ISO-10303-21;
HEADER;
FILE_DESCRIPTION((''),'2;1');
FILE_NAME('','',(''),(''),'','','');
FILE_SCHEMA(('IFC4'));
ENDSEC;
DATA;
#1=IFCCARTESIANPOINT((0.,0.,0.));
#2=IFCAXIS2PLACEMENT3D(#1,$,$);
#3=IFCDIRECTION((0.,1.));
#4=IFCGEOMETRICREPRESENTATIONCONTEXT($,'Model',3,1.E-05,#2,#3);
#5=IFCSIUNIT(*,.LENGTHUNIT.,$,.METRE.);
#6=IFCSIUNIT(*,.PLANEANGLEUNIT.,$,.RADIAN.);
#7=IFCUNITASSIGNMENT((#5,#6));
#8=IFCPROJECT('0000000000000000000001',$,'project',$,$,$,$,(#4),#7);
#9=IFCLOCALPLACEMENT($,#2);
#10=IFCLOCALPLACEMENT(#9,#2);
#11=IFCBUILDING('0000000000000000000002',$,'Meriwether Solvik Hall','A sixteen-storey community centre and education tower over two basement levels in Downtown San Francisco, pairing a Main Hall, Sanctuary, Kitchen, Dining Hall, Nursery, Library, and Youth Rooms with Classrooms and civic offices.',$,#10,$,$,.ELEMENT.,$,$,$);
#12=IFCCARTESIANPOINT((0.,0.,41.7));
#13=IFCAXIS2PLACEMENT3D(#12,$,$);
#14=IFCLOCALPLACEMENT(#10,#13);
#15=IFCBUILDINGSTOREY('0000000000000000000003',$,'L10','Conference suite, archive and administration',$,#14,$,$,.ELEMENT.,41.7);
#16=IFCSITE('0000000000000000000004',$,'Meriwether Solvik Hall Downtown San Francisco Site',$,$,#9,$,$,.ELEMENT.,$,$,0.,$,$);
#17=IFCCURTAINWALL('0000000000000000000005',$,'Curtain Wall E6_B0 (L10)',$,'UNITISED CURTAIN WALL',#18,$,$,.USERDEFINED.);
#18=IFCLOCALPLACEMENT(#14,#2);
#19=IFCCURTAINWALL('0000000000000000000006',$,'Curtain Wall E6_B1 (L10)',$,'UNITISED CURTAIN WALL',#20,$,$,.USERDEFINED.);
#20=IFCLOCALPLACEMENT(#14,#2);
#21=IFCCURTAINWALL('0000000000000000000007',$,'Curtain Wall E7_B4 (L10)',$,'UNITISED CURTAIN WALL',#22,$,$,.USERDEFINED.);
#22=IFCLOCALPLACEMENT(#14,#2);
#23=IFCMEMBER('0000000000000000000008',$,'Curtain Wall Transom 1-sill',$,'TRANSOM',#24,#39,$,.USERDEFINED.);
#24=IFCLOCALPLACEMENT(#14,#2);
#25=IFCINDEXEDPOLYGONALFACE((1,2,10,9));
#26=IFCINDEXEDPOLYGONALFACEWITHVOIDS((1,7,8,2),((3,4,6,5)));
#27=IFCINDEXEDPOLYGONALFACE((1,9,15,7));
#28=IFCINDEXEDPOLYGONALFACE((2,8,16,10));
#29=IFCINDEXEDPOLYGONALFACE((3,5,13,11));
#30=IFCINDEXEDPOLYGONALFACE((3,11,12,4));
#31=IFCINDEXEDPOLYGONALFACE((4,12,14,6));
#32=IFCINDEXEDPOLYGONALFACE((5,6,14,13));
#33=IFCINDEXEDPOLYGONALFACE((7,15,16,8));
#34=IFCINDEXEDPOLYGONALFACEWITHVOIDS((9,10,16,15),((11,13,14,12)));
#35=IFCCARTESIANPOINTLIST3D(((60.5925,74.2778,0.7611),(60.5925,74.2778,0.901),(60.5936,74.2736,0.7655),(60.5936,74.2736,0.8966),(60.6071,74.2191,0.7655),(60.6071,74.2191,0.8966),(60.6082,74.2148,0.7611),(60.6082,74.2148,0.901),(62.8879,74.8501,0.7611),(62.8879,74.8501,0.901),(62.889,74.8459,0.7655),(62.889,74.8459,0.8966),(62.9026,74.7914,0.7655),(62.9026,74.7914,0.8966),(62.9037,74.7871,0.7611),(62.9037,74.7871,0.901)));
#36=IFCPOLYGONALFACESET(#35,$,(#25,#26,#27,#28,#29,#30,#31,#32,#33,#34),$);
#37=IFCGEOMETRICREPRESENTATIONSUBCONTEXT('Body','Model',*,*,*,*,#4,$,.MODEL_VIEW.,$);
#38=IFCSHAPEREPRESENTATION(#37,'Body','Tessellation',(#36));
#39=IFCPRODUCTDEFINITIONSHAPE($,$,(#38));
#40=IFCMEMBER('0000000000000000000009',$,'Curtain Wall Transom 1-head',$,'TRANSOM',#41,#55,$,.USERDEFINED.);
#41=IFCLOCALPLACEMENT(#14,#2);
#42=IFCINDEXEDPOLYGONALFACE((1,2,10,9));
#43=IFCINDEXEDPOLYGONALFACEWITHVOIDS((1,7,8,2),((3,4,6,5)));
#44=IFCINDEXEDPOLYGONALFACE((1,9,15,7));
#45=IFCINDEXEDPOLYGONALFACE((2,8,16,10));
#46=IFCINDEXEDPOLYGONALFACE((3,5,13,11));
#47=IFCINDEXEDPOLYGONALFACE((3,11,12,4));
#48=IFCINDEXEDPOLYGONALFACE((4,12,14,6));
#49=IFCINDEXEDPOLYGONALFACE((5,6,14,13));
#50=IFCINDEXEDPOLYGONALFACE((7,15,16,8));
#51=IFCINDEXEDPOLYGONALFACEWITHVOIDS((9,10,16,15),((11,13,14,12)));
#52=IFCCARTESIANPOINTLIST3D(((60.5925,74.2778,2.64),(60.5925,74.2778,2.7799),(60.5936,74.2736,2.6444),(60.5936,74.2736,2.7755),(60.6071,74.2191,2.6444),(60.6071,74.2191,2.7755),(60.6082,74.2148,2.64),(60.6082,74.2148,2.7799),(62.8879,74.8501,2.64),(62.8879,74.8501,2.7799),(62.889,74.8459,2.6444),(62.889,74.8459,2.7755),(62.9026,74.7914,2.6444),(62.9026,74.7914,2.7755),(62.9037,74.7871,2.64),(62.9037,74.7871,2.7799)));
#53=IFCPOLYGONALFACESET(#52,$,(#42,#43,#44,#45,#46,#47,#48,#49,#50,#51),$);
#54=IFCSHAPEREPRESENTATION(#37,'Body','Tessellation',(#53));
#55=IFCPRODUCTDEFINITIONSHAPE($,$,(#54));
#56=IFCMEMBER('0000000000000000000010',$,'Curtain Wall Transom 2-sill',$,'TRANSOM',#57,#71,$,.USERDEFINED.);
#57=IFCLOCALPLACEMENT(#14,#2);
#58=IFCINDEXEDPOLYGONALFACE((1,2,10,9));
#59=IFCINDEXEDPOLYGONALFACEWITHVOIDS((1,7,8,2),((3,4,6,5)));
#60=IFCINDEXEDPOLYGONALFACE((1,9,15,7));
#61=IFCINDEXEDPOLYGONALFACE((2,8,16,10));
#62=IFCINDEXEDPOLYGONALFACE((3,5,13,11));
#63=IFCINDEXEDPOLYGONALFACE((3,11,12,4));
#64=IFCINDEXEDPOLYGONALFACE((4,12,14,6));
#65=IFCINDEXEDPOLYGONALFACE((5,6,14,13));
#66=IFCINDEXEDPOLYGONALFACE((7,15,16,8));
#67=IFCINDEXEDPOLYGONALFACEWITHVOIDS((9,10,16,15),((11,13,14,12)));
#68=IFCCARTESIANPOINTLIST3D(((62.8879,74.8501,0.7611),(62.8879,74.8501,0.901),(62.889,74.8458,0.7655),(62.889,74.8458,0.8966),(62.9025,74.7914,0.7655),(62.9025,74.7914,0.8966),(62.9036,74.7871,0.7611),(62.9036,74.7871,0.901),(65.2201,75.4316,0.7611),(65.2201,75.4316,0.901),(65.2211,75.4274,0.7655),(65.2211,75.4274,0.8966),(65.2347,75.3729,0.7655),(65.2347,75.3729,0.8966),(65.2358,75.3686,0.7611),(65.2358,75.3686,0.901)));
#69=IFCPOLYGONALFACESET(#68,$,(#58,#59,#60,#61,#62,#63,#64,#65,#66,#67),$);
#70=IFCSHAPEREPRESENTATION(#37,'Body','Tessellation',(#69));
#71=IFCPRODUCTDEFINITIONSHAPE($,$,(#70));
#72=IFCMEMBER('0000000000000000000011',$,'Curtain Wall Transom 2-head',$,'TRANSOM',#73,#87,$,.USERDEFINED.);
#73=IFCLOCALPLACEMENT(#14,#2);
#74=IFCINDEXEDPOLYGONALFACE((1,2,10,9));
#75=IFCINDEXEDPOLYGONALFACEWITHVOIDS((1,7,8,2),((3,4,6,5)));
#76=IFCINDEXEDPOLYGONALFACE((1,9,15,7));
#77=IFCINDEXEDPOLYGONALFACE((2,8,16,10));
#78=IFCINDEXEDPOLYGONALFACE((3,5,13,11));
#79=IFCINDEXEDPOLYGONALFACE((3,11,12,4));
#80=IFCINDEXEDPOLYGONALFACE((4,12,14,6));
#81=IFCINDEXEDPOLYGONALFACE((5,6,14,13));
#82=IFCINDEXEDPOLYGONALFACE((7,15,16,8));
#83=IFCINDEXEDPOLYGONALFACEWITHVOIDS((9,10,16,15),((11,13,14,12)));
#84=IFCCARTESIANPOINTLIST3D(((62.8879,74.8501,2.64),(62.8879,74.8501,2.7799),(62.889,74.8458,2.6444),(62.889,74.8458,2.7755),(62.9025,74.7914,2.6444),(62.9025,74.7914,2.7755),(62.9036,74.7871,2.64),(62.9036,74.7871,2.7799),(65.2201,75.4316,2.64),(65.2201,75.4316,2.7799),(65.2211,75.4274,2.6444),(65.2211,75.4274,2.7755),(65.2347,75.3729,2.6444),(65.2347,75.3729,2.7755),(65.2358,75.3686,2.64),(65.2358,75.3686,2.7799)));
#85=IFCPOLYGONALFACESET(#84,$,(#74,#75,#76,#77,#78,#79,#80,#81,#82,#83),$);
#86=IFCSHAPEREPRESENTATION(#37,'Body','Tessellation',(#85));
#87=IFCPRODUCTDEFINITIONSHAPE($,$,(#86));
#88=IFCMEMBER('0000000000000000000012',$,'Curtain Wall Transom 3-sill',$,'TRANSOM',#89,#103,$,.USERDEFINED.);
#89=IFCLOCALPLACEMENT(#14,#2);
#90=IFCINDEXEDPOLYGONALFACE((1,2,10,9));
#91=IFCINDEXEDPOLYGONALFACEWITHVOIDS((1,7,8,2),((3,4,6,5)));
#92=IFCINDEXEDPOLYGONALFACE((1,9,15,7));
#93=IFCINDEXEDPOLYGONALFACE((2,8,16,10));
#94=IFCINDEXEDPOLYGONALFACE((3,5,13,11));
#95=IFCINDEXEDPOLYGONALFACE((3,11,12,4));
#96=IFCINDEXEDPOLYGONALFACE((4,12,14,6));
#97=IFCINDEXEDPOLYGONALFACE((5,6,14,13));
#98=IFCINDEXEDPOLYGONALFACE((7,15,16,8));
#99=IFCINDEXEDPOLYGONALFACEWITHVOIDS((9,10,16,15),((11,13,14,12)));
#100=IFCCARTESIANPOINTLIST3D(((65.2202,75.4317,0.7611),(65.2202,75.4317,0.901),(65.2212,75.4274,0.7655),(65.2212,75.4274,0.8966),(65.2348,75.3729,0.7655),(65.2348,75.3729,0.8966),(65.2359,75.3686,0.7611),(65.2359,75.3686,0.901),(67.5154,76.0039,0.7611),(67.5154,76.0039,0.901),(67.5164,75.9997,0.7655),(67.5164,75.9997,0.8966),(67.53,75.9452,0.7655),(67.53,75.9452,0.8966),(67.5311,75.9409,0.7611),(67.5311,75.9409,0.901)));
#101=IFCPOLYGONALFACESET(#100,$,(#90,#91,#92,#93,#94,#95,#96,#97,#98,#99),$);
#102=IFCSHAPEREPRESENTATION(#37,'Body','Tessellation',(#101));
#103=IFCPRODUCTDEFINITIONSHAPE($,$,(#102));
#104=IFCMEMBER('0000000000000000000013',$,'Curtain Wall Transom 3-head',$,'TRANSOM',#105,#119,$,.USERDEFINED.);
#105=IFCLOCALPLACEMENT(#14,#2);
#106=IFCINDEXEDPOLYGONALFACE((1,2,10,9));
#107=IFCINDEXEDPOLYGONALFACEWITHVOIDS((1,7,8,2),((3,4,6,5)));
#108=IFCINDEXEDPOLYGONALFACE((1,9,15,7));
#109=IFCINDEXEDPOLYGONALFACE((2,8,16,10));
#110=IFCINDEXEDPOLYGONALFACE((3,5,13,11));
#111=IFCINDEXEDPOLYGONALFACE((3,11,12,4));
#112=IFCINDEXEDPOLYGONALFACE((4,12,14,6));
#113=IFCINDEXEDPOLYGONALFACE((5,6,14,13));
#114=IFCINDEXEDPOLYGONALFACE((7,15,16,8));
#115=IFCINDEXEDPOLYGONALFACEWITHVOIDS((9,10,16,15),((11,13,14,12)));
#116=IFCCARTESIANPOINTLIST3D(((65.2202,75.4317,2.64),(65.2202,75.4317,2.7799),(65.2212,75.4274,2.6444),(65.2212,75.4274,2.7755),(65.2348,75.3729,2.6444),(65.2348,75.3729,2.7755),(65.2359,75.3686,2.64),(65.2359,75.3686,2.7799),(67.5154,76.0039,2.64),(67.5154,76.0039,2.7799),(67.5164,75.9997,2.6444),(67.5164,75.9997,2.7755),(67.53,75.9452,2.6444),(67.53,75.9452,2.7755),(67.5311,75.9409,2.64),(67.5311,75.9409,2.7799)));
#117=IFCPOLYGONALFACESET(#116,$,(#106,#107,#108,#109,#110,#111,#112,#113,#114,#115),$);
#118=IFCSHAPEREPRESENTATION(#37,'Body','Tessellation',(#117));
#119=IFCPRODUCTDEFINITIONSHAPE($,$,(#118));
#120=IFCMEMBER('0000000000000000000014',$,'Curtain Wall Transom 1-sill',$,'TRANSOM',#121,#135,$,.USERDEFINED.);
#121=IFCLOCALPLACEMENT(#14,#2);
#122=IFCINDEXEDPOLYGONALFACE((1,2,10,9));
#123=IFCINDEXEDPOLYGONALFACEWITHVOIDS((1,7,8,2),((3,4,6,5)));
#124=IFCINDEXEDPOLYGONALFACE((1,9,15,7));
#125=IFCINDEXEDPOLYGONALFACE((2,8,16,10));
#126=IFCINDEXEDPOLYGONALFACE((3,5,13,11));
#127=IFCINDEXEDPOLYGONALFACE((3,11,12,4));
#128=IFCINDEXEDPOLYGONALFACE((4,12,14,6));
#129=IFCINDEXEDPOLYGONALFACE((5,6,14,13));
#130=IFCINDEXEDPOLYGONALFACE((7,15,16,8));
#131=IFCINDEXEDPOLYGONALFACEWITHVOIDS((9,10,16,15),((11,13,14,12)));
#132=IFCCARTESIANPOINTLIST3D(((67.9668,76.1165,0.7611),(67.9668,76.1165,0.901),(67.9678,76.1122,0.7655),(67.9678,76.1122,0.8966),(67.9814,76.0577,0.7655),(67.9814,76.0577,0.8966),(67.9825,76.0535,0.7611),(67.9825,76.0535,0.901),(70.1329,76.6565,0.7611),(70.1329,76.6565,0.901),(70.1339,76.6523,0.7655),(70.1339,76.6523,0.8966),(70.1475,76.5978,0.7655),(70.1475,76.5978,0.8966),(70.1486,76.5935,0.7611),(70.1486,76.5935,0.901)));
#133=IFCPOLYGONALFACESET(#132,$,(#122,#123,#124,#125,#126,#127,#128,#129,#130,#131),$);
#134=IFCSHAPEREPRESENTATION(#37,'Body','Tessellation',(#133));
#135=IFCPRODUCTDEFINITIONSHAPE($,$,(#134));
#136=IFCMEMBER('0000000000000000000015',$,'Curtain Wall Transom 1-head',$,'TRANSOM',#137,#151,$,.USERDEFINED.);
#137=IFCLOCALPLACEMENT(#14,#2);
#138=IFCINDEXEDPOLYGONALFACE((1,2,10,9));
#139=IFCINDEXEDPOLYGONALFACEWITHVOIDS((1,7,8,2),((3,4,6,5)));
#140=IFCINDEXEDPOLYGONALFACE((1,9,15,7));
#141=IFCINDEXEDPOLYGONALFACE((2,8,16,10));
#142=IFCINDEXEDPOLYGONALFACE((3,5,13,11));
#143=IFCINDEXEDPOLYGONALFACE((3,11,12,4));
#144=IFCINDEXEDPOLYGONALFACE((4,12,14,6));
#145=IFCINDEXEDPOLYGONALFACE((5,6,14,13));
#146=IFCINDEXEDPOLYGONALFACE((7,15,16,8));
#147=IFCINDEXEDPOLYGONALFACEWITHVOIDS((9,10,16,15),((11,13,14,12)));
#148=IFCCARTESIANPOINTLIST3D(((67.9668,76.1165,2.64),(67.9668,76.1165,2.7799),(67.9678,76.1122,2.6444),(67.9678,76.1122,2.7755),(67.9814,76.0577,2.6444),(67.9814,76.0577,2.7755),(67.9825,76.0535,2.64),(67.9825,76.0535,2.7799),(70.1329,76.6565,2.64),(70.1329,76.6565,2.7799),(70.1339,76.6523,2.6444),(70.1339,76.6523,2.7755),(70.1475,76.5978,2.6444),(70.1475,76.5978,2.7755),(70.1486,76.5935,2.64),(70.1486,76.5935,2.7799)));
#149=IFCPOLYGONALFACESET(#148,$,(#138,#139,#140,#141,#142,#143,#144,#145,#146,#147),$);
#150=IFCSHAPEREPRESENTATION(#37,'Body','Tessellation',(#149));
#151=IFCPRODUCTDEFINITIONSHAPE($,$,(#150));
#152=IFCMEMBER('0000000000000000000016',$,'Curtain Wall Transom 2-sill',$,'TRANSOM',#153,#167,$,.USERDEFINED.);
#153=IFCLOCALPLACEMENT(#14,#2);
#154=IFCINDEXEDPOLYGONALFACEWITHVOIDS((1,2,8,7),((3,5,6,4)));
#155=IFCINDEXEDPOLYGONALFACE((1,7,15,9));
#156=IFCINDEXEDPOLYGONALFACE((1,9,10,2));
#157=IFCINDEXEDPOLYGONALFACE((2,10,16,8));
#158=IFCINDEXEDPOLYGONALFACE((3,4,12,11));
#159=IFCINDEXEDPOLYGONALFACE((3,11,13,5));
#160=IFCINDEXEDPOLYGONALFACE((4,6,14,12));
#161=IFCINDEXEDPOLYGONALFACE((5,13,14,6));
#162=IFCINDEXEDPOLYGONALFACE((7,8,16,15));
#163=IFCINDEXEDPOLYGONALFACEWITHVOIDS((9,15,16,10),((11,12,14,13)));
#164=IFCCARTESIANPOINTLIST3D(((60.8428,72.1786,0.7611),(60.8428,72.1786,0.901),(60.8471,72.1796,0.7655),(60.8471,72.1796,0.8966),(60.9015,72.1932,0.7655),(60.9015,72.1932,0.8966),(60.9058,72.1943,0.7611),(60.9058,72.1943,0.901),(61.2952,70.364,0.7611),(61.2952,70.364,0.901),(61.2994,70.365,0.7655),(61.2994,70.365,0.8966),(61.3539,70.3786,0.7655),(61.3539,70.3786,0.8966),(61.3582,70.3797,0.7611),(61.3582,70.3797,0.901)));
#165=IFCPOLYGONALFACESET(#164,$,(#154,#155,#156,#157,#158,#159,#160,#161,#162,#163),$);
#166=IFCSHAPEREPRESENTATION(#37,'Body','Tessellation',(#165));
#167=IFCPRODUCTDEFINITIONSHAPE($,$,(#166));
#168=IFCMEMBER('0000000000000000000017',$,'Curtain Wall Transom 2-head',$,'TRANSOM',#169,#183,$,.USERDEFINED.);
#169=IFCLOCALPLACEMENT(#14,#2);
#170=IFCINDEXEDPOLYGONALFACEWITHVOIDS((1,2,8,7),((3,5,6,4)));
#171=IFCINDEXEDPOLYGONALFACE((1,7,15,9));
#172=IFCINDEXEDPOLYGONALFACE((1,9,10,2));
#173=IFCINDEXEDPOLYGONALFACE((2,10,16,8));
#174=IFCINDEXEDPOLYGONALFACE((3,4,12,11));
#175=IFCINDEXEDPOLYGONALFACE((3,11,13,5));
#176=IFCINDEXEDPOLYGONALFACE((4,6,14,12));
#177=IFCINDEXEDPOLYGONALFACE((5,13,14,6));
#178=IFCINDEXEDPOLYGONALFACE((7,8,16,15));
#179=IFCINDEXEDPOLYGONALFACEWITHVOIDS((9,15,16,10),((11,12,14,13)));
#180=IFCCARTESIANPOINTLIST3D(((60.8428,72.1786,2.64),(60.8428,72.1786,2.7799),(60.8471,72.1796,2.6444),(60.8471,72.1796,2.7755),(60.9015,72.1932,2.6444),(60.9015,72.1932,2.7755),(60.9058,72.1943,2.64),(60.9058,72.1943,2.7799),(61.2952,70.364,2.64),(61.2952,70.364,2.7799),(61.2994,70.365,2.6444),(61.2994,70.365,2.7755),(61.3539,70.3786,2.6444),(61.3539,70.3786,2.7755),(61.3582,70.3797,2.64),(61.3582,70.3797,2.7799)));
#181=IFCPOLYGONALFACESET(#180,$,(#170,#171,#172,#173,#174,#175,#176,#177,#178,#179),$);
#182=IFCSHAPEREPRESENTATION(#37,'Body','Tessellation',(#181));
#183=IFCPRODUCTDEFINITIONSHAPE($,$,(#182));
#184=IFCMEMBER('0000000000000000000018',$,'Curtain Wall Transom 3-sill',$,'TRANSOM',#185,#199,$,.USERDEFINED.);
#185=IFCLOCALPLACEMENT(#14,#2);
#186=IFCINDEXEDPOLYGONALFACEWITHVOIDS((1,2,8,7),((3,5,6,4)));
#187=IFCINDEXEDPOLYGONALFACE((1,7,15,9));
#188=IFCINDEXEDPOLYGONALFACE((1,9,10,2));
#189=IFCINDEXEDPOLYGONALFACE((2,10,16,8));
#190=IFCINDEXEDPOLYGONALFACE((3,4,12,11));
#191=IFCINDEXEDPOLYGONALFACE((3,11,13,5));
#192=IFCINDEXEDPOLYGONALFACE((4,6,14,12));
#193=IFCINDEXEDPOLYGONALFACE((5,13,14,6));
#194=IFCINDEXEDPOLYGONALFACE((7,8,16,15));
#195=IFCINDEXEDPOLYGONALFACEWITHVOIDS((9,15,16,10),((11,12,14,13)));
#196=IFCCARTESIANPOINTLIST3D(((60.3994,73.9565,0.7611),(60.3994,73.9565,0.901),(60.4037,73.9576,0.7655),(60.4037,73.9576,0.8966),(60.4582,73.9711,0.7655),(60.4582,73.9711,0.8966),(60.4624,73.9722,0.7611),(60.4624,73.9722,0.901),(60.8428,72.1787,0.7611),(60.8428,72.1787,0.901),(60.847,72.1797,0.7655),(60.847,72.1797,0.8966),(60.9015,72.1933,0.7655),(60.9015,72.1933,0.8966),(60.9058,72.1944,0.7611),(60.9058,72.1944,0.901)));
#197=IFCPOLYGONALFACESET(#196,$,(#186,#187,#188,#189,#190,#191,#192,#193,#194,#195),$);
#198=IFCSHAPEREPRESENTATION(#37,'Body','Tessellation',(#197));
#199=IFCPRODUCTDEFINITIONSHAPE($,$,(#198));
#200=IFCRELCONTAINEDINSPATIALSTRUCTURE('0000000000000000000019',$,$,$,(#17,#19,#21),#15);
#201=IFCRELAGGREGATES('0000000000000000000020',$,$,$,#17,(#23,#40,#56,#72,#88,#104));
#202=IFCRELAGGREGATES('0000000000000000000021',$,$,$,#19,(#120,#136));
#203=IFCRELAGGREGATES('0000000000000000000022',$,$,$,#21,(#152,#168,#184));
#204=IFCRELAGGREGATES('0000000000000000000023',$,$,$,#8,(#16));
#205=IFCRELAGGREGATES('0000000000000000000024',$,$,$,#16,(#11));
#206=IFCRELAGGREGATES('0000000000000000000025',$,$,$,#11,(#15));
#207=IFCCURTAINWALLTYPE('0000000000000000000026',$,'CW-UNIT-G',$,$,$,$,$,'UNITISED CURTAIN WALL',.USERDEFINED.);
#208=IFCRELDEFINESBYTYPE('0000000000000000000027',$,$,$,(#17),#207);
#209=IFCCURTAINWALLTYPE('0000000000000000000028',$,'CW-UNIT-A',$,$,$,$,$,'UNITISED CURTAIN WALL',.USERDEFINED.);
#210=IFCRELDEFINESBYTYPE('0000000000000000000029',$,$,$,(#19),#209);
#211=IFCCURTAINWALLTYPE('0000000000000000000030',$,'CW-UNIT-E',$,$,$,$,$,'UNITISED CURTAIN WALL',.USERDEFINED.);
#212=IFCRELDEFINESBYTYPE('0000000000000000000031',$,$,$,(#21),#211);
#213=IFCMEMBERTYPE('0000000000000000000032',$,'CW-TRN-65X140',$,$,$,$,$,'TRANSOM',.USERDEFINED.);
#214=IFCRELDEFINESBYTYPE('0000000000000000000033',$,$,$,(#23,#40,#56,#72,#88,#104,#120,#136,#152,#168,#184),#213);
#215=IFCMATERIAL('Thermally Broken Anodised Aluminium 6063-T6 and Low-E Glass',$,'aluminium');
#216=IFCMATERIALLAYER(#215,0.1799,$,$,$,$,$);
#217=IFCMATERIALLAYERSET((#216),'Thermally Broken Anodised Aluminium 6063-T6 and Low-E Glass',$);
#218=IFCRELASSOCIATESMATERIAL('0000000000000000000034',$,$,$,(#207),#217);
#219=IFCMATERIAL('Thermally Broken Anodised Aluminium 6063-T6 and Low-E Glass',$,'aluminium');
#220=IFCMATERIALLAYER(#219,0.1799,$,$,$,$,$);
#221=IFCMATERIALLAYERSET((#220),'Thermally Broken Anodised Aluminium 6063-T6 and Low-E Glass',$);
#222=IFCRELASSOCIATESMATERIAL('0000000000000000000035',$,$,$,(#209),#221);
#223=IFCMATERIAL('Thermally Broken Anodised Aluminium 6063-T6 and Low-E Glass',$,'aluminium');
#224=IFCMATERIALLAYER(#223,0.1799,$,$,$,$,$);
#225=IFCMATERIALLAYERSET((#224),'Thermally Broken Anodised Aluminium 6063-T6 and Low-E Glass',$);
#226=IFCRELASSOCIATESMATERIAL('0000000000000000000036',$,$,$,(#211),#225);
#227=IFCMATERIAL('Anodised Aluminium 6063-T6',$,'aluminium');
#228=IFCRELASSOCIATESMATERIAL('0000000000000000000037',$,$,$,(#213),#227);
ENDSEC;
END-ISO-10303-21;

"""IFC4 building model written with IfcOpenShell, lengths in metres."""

from ifc_helpers import new_model, si_unit, direction, frame, origin, origin_2d, place, context, subcontext, project, spatial, hollow_rectangle, extrude, material, layer, layer_set, material_profile, profile_set, type_object, element, aggregate, save


model = new_model("IFC4")

# Units and contexts
model_context = context("Model", 3, precision=1e-05, world=origin(), true_north=direction((0.0, 1.0)))
body_context = subcontext(model_context, "Body", "Model", "MODEL_VIEW")
ifc_project = project(units=[si_unit("LENGTHUNIT", "METRE"), si_unit("PLANEANGLEUNIT", "RADIAN")], contexts=[model_context])

# Site, building, storey
site_placement = place(None, origin())
site = spatial("IfcSite", under=ifc_project, at=site_placement, Name="Meriwether Solvik Hall Downtown San Francisco Site", CompositionType="ELEMENT", RefElevation=0.0)
building_placement = place(site_placement, origin())
building = spatial("IfcBuilding", under=site, at=building_placement, Name="Meriwether Solvik Hall", Description="A sixteen-storey community centre and education tower over two basement levels in Downtown San Francisco, pairing a Main Hall, Sanctuary, Kitchen, Dining Hall, Nursery, Library, and Youth Rooms with Classrooms and civic offices.", CompositionType="ELEMENT")
storey_placement = place(building_placement, frame((0.0, 0.0, 41.7)))
storey = spatial("IfcBuildingStorey", under=building, at=storey_placement, Name="L10", Description="Conference suite, archive and administration", CompositionType="ELEMENT", Elevation=41.7)

# Curtain wall
ifc_material_1 = material(Name="Thermally Broken Anodised Aluminium 6063-T6 and Low-E Glass", Category="aluminium")
ifc_layer_1 = layer(ifc_material_1, 0.1799)
ifc_layer_set_1 = layer_set([ifc_layer_1], Name="Thermally Broken Anodised Aluminium 6063-T6 and Low-E Glass")
curtain_wall_type_1 = type_object("IfcCurtainWallType", Name="CW-UNIT-G", ElementType="UNITISED CURTAIN WALL", PredefinedType="USERDEFINED", material=ifc_layer_set_1)
curtain_wall_1_placement = place(storey_placement, origin())
curtain_wall_1 = element("IfcCurtainWall", 1, at=curtain_wall_1_placement, inside=storey, type_object=curtain_wall_type_1, Name="Curtain Wall E6_B0 (L10)", ObjectType="UNITISED CURTAIN WALL", PredefinedType="USERDEFINED")

# Curtain wall
ifc_material_2 = material(Name="Thermally Broken Anodised Aluminium 6063-T6 and Low-E Glass", Category="aluminium")
ifc_layer_2 = layer(ifc_material_2, 0.1799)
ifc_layer_set_2 = layer_set([ifc_layer_2], Name="Thermally Broken Anodised Aluminium 6063-T6 and Low-E Glass")
curtain_wall_type_2 = type_object("IfcCurtainWallType", Name="CW-UNIT-A", ElementType="UNITISED CURTAIN WALL", PredefinedType="USERDEFINED", material=ifc_layer_set_2)
curtain_wall_2_placement = place(storey_placement, origin())
curtain_wall_2 = element("IfcCurtainWall", 2, at=curtain_wall_2_placement, inside=storey, type_object=curtain_wall_type_2, Name="Curtain Wall E6_B1 (L10)", ObjectType="UNITISED CURTAIN WALL", PredefinedType="USERDEFINED")

# Curtain wall
ifc_material_3 = material(Name="Thermally Broken Anodised Aluminium 6063-T6 and Low-E Glass", Category="aluminium")
ifc_layer_3 = layer(ifc_material_3, 0.1799)
ifc_layer_set_3 = layer_set([ifc_layer_3], Name="Thermally Broken Anodised Aluminium 6063-T6 and Low-E Glass")
curtain_wall_type_3 = type_object("IfcCurtainWallType", Name="CW-UNIT-E", ElementType="UNITISED CURTAIN WALL", PredefinedType="USERDEFINED", material=ifc_layer_set_3)
curtain_wall_3_placement = place(storey_placement, origin())
curtain_wall_3 = element("IfcCurtainWall", 3, at=curtain_wall_3_placement, inside=storey, type_object=curtain_wall_type_3, Name="Curtain Wall E7_B4 (L10)", ObjectType="UNITISED CURTAIN WALL", PredefinedType="USERDEFINED")

# Members
ifc_material_4 = material(Name="Anodised Aluminium 6063-T6", Category="aluminium")
ifc_material_profile_1 = material_profile(ifc_material_4, hollow_rectangle(XDim=0.0649, YDim=0.1399, WallThickness=0.0044, at=origin_2d()), Name="CWT-65X140")
ifc_profile_set_1 = profile_set([ifc_material_profile_1], Name="Anodised Aluminium 6063-T6")
member_type_1 = type_object("IfcMemberType", Name="CW-TRN-65X140", ElementType="TRANSOM", PredefinedType="USERDEFINED", material=ifc_profile_set_1)
member_1_placement = place(storey_placement, frame((60.6003, 74.2463, 0.8311), z_axis=(0.9703, 0.241904, 0.0), x_axis=(-0.241904, 0.9703, 0.0)))
member_1 = element("IfcMember", 4, at=member_1_placement, type_object=member_type_1, Name="Curtain Wall Transom 1-sill", ObjectType="TRANSOM", PredefinedType="USERDEFINED", context=body_context, shape_type="SweptSolid", body=[
    extrude(hollow_rectangle(XDim=0.0649, YDim=0.1399, WallThickness=0.0044, at=origin_2d()), origin(), (0.0, 0.0, 1.0), 2.3657),
])
member_2_placement = place(storey_placement, frame((60.6003, 74.2463, 2.71), z_axis=(0.9703, 0.241904, 0.0), x_axis=(-0.241904, 0.9703, 0.0)))
member_2 = element("IfcMember", 5, at=member_2_placement, type_object=member_type_1, Name="Curtain Wall Transom 1-head", ObjectType="TRANSOM", PredefinedType="USERDEFINED", context=body_context, shape_type="SweptSolid", body=[
    extrude(hollow_rectangle(XDim=0.0649, YDim=0.1399, WallThickness=0.0044, at=origin_2d()), origin(), (0.0, 0.0, 1.0), 2.3657),
])
member_3_placement = place(storey_placement, frame((62.8958, 74.8186, 0.8311), z_axis=(0.970292, 0.241938, 0.0), x_axis=(-0.241938, 0.970292, 0.0)))
member_3 = element("IfcMember", 6, at=member_3_placement, type_object=member_type_1, Name="Curtain Wall Transom 2-sill", ObjectType="TRANSOM", PredefinedType="USERDEFINED", context=body_context, shape_type="SweptSolid", body=[
    extrude(hollow_rectangle(XDim=0.0649, YDim=0.1399, WallThickness=0.0044, at=origin_2d()), origin(), (0.0, 0.0, 1.0), 2.4036),
])
member_4_placement = place(storey_placement, frame((62.8958, 74.8186, 2.71), z_axis=(0.970292, 0.241938, 0.0), x_axis=(-0.241938, 0.970292, 0.0)))
member_4 = element("IfcMember", 7, at=member_4_placement, type_object=member_type_1, Name="Curtain Wall Transom 2-head", ObjectType="TRANSOM", PredefinedType="USERDEFINED", context=body_context, shape_type="SweptSolid", body=[
    extrude(hollow_rectangle(XDim=0.0649, YDim=0.1399, WallThickness=0.0044, at=origin_2d()), origin(), (0.0, 0.0, 1.0), 2.4036),
])
member_5_placement = place(storey_placement, frame((65.228, 75.4001, 0.8311), z_axis=(0.970294, 0.241928, 0.0), x_axis=(-0.241928, 0.970294, 0.0)))
member_5 = element("IfcMember", 8, at=member_5_placement, type_object=member_type_1, Name="Curtain Wall Transom 3-sill", ObjectType="TRANSOM", PredefinedType="USERDEFINED", context=body_context, shape_type="SweptSolid", body=[
    extrude(hollow_rectangle(XDim=0.0649, YDim=0.1399, WallThickness=0.0044, at=origin_2d()), origin(), (0.0, 0.0, 1.0), 2.3655),
])
member_6_placement = place(storey_placement, frame((65.228, 75.4001, 2.71), z_axis=(0.970294, 0.241928, 0.0), x_axis=(-0.241928, 0.970294, 0.0)))
member_6 = element("IfcMember", 9, at=member_6_placement, type_object=member_type_1, Name="Curtain Wall Transom 3-head", ObjectType="TRANSOM", PredefinedType="USERDEFINED", context=body_context, shape_type="SweptSolid", body=[
    extrude(hollow_rectangle(XDim=0.0649, YDim=0.1399, WallThickness=0.0044, at=origin_2d()), origin(), (0.0, 0.0, 1.0), 2.3655),
])
member_7_placement = place(storey_placement, frame((67.9746, 76.085, 0.8311), z_axis=(0.970297, 0.241918, 0.0), x_axis=(-0.241918, 0.970297, 0.0)))
member_7 = element("IfcMember", 10, at=member_7_placement, type_object=member_type_1, Name="Curtain Wall Transom 1-sill", ObjectType="TRANSOM", PredefinedType="USERDEFINED", context=body_context, shape_type="SweptSolid", body=[
    extrude(hollow_rectangle(XDim=0.0649, YDim=0.1399, WallThickness=0.0044, at=origin_2d()), origin(), (0.0, 0.0, 1.0), 2.2324),
])
member_8_placement = place(storey_placement, frame((67.9746, 76.085, 2.71), z_axis=(0.970297, 0.241918, 0.0), x_axis=(-0.241918, 0.970297, 0.0)))
member_8 = element("IfcMember", 11, at=member_8_placement, type_object=member_type_1, Name="Curtain Wall Transom 1-head", ObjectType="TRANSOM", PredefinedType="USERDEFINED", context=body_context, shape_type="SweptSolid", body=[
    extrude(hollow_rectangle(XDim=0.0649, YDim=0.1399, WallThickness=0.0044, at=origin_2d()), origin(), (0.0, 0.0, 1.0), 2.2324),
])
member_9_placement = place(storey_placement, frame((61.3267, 70.3718, 0.8311), z_axis=(-0.241891, 0.970304, 0.0), x_axis=(-0.970304, -0.241891, 0.0)))
member_9 = element("IfcMember", 12, at=member_9_placement, type_object=member_type_1, Name="Curtain Wall Transom 2-sill", ObjectType="TRANSOM", PredefinedType="USERDEFINED", context=body_context, shape_type="SweptSolid", body=[
    extrude(hollow_rectangle(XDim=0.0649, YDim=0.1399, WallThickness=0.0044, at=origin_2d()), origin(), (0.0, 0.0, 1.0), 1.8701),
])
member_10_placement = place(storey_placement, frame((61.3267, 70.3718, 2.71), z_axis=(-0.241891, 0.970304, 0.0), x_axis=(-0.970304, -0.241891, 0.0)))
member_10 = element("IfcMember", 13, at=member_10_placement, type_object=member_type_1, Name="Curtain Wall Transom 2-head", ObjectType="TRANSOM", PredefinedType="USERDEFINED", context=body_context, shape_type="SweptSolid", body=[
    extrude(hollow_rectangle(XDim=0.0649, YDim=0.1399, WallThickness=0.0044, at=origin_2d()), origin(), (0.0, 0.0, 1.0), 1.8701),
])
member_11_placement = place(storey_placement, frame((60.8743, 72.1865, 0.8311), z_axis=(-0.241971, 0.970283, 0.0), x_axis=(-0.970283, -0.241971, 0.0)))
member_11 = element("IfcMember", 14, at=member_11_placement, type_object=member_type_1, Name="Curtain Wall Transom 3-sill", ObjectType="TRANSOM", PredefinedType="USERDEFINED", context=body_context, shape_type="SweptSolid", body=[
    extrude(hollow_rectangle(XDim=0.0649, YDim=0.1399, WallThickness=0.0044, at=origin_2d()), origin(), (0.0, 0.0, 1.0), 1.8323),
])

aggregate(curtain_wall_1, [member_1, member_2, member_3, member_4, member_5, member_6])
aggregate(curtain_wall_2, [member_7, member_8])
aggregate(curtain_wall_3, [member_9, member_10, member_11])

save(model, "model.ifc")
